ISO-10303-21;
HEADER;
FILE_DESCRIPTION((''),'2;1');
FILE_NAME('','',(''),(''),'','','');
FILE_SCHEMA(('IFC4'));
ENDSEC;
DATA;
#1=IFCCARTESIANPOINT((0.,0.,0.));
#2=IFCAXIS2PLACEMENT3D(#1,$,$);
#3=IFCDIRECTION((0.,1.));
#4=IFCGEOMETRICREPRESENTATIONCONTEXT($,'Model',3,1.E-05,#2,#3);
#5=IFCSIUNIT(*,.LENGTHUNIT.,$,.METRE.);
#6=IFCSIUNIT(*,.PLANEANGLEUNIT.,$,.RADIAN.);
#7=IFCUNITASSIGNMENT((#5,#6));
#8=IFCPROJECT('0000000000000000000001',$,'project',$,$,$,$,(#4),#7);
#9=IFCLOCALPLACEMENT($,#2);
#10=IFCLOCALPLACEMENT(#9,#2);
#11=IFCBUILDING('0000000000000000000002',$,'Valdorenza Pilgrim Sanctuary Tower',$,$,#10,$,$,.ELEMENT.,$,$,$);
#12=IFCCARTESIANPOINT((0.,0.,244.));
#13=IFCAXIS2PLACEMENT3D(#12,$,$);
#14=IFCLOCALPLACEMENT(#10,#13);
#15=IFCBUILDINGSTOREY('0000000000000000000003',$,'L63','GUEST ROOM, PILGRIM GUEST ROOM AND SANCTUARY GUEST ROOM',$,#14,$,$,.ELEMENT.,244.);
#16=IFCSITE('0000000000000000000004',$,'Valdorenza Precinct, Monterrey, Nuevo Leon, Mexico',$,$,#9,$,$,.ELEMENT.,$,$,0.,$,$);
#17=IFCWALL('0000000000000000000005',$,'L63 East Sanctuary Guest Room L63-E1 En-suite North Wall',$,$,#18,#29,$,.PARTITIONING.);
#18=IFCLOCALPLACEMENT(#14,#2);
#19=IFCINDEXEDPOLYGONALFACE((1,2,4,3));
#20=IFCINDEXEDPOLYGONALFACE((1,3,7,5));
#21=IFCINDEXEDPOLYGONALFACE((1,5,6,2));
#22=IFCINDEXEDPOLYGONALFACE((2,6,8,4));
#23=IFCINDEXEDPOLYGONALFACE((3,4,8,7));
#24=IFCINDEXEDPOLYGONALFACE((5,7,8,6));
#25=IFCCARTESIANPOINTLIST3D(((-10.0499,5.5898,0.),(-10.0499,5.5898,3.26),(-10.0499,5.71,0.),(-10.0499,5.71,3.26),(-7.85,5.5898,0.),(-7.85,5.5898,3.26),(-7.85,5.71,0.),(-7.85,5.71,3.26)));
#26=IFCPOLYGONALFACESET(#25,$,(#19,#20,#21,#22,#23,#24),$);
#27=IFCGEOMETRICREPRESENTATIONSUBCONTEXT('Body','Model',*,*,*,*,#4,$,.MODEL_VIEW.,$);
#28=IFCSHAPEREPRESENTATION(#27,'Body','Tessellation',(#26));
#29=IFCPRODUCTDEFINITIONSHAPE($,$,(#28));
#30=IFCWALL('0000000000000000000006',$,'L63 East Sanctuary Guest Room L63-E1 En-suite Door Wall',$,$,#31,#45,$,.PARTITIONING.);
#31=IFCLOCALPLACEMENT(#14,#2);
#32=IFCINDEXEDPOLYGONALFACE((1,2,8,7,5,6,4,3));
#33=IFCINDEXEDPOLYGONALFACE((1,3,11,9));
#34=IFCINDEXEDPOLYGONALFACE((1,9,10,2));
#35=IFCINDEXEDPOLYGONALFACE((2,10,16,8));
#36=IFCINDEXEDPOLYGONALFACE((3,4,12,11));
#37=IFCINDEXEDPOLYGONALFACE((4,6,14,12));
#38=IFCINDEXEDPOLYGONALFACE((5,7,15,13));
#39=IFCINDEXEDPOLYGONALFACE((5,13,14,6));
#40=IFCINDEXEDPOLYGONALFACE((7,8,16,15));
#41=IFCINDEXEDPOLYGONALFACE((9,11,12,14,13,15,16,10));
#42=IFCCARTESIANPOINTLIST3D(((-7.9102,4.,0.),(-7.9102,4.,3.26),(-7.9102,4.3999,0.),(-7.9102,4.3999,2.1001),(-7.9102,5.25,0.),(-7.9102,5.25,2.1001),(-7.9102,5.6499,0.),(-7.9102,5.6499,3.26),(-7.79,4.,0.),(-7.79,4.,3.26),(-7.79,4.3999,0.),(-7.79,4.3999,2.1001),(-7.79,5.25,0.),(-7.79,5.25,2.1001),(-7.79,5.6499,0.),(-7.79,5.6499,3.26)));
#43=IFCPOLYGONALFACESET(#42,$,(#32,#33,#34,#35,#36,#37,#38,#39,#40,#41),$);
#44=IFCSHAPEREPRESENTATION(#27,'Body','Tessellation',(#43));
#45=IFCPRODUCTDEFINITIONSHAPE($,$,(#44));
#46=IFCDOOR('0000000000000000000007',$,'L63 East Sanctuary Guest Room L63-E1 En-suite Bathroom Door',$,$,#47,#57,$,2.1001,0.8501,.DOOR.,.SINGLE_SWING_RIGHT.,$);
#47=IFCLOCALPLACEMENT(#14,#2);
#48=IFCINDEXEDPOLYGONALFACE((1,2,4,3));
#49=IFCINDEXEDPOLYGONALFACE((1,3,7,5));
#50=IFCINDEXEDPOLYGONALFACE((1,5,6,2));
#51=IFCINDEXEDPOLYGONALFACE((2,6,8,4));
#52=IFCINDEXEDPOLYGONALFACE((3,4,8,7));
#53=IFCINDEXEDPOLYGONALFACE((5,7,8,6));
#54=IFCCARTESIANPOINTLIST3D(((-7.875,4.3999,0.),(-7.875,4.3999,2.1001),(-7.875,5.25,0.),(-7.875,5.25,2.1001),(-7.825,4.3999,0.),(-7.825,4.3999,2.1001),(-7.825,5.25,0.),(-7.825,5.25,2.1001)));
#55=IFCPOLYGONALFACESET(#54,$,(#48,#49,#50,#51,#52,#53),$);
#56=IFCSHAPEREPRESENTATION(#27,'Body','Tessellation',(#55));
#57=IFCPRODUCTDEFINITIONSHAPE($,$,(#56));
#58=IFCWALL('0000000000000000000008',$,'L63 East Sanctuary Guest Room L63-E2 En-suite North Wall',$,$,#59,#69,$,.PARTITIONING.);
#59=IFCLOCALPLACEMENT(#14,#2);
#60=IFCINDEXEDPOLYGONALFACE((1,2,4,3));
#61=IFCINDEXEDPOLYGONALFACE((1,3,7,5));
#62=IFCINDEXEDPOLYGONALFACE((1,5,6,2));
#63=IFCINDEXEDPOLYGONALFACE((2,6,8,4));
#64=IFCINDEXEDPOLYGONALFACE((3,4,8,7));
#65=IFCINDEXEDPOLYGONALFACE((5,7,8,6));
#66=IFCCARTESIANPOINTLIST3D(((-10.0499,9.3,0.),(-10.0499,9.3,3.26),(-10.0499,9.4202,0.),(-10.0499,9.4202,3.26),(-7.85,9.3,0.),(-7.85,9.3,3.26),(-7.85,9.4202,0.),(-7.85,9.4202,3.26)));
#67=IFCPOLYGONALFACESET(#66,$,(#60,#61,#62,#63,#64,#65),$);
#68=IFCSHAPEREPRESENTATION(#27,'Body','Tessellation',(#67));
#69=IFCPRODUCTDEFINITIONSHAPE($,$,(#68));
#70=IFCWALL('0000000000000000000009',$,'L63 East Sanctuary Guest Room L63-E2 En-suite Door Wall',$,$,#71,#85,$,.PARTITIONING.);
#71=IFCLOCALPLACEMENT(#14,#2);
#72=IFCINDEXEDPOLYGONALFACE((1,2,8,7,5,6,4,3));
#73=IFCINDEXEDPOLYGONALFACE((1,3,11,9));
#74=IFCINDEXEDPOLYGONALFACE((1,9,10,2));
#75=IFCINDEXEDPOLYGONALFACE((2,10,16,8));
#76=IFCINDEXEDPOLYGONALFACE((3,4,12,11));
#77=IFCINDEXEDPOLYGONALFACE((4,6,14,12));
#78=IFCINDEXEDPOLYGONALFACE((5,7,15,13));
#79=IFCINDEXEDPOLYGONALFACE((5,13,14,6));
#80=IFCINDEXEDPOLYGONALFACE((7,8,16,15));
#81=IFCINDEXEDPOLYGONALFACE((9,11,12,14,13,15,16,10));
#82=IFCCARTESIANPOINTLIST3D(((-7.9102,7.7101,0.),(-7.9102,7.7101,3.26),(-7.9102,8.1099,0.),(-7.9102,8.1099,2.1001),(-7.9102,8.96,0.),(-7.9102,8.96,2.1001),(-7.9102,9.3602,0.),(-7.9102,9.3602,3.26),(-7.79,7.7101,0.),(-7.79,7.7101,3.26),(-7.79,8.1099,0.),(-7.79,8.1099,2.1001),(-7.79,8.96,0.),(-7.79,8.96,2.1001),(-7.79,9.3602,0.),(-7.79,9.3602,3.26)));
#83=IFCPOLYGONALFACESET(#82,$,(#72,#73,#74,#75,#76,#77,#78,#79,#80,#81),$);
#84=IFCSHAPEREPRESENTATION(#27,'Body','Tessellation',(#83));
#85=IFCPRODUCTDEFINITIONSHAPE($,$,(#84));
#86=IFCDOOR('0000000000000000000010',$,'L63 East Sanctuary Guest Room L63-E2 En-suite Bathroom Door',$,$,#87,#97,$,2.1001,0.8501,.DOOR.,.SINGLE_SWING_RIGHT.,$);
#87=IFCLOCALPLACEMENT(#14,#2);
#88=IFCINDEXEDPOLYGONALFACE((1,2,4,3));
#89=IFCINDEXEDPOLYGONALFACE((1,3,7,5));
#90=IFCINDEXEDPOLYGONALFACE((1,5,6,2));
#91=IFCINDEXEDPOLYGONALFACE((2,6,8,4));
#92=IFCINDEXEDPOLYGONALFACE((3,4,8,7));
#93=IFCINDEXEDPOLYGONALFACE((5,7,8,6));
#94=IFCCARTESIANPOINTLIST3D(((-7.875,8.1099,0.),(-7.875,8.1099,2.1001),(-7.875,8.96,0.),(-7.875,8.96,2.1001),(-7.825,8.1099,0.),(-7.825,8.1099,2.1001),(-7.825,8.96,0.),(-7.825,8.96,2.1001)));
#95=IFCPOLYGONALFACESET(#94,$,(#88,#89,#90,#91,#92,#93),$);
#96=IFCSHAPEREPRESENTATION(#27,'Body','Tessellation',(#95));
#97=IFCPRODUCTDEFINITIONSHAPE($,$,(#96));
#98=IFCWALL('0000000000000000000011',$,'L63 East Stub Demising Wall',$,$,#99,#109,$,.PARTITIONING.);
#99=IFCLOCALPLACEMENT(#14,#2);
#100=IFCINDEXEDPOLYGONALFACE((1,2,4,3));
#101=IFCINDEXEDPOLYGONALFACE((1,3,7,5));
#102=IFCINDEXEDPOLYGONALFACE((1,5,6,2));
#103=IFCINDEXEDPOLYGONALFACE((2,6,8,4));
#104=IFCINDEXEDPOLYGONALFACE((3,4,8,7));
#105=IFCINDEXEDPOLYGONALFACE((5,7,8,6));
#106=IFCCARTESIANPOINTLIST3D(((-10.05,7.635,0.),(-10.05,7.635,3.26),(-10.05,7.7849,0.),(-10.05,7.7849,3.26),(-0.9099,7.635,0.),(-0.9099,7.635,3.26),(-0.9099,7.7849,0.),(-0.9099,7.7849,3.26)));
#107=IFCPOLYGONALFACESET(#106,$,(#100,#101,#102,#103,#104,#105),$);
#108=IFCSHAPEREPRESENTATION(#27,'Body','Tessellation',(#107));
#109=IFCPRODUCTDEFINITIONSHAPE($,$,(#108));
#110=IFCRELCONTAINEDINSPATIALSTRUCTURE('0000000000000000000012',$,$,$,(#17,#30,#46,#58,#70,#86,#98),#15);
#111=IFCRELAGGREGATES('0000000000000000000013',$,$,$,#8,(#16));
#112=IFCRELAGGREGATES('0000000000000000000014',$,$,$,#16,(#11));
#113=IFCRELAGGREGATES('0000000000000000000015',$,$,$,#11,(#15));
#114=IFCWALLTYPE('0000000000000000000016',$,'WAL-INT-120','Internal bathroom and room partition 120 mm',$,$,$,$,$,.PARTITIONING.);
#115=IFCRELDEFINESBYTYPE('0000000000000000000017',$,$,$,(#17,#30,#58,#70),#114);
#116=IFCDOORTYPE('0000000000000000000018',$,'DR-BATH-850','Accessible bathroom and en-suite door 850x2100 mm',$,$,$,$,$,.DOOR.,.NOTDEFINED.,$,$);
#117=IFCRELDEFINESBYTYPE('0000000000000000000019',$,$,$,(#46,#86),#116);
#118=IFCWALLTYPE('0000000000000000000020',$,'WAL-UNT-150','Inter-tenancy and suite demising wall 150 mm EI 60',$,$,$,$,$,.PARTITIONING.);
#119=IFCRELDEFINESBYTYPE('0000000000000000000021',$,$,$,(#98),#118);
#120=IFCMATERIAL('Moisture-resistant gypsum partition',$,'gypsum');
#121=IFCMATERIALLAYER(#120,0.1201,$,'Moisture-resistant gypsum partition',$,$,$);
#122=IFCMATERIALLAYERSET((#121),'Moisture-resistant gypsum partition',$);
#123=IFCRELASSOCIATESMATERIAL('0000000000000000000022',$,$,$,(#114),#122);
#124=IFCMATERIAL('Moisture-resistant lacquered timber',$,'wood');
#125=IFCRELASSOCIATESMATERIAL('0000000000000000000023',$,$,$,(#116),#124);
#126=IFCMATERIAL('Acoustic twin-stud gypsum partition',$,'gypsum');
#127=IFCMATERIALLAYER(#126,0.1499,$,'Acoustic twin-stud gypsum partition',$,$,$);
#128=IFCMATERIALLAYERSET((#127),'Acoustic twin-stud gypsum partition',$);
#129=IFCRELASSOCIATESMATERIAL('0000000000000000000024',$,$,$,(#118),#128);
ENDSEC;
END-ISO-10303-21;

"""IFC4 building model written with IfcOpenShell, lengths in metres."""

from ifc_helpers import new_model, si_unit, direction, frame, frame_2d, origin, place, context, subcontext, project, spatial, rectangle, extrude, material, layer, layer_set, type_object, element, fill, save


model = new_model("IFC4")

# Units and contexts
model_context = context("Model", 3, precision=1e-05, world=origin(), true_north=direction((0.0, 1.0)))
body_context = subcontext(model_context, "Body", "Model", "MODEL_VIEW")
ifc_project = project(units=[si_unit("LENGTHUNIT", "METRE"), si_unit("PLANEANGLEUNIT", "RADIAN")], contexts=[model_context])

# Site, building, storey
site_placement = place(None, origin())
site = spatial("IfcSite", under=ifc_project, at=site_placement, Name="Valdorenza Precinct, Monterrey, Nuevo Leon, Mexico", CompositionType="ELEMENT", RefElevation=0.0)
building_placement = place(site_placement, origin())
building = spatial("IfcBuilding", under=site, at=building_placement, Name="Valdorenza Pilgrim Sanctuary Tower", CompositionType="ELEMENT")
storey_placement = place(building_placement, frame((0.0, 0.0, 244.0)))
storey = spatial("IfcBuildingStorey", under=building, at=storey_placement, Name="L63", Description="GUEST ROOM, PILGRIM GUEST ROOM AND SANCTUARY GUEST ROOM", CompositionType="ELEMENT", Elevation=244.0)

# Shared definitions
ifc_material_1 = material(Name="Acoustic twin-stud gypsum partition", Category="gypsum")

# Wall
ifc_material_2 = material(Name="Moisture-resistant gypsum partition", Category="gypsum")
ifc_layer_1 = layer(ifc_material_2, 0.1201, Name="Moisture-resistant gypsum partition")
ifc_layer_set_1 = layer_set([ifc_layer_1], Name="Moisture-resistant gypsum partition")
wall_type_1 = type_object("IfcWallType", Name="WAL-INT-120", Description="Internal bathroom and room partition 120 mm", PredefinedType="PARTITIONING", material=ifc_layer_set_1)
wall_1_placement = place(storey_placement, frame((-10.05, 5.6499, 0.0), z_axis=(0.0, 0.0, 1.0), x_axis=(1.0, 0.0, 0.0)))
element("IfcWall", 1, at=wall_1_placement, inside=storey, type_object=wall_type_1, Name="L63 East Sanctuary Guest Room L63-E1 En-suite North Wall", PredefinedType="PARTITIONING", context=body_context, shape_type="SweptSolid", body=[
    extrude(rectangle(XDim=2.2, YDim=0.1201, at=frame_2d((1.1001, 0.0))), origin(), (0.0, 0.0, 1.0), 3.26),
])

# Wall, opening, door
wall_2_placement = place(storey_placement, frame((-7.8501, 4.0, 0.0), z_axis=(0.0, 0.0, 1.0), x_axis=(0.0, 1.0, 0.0)))
wall_2 = element("IfcWall", 2, at=wall_2_placement, inside=storey, type_object=wall_type_1, Name="L63 East Sanctuary Guest Room L63-E1 En-suite Door Wall", PredefinedType="PARTITIONING", context=body_context, shape_type="SweptSolid", body=[
    extrude(rectangle(XDim=1.6499, YDim=0.1201, at=frame_2d((0.825, 0.0))), origin(), (0.0, 0.0, 1.0), 3.26),
])
opening_1_placement = place(wall_2_placement, frame((0.3999, 0.0, 0.0)))
opening_1 = element("IfcOpeningElement", 3, at=opening_1_placement, cuts=wall_2, PredefinedType="OPENING", context=body_context, shape_type="SweptSolid", body=[
    extrude(rectangle(XDim=0.8501, YDim=2.1001, at=frame_2d((0.425, 1.05))), frame((0.0, 0.075, 0.0), z_axis=(0.0, -1.0, 0.0), x_axis=(1.0, 0.0, 0.0)), (0.0, 0.0, 1.0), 0.1499),
])
ifc_material_3 = material(Name="Moisture-resistant lacquered timber", Category="wood")
door_type_1 = type_object("IfcDoorType", Name="DR-BATH-850", Description="Accessible bathroom and en-suite door 850x2100 mm", OperationType="NOTDEFINED", PredefinedType="DOOR", material=ifc_material_3)
door_1_placement = place(opening_1_placement, origin())
door_1 = element("IfcDoor", 4, at=door_1_placement, inside=storey, type_object=door_type_1, Name="L63 East Sanctuary Guest Room L63-E1 En-suite Bathroom Door", OperationType="SINGLE_SWING_RIGHT", OverallHeight=2.1001, OverallWidth=0.8501, PredefinedType="DOOR", context=body_context, shape_type="SweptSolid", body=[
    extrude(rectangle(XDim=0.8501, YDim=2.1001, at=frame_2d((0.425, 1.05))), frame((0.0, 0.0249, 0.0), z_axis=(0.0, -1.0, 0.0), x_axis=(1.0, 0.0, 0.0)), (0.0, 0.0, 1.0), 0.05),
])
fill(opening_1, door_1)

# Wall
wall_3_placement = place(storey_placement, frame((-10.05, 9.3601, 0.0), z_axis=(0.0, 0.0, 1.0), x_axis=(1.0, 0.0, 0.0)))
element("IfcWall", 5, at=wall_3_placement, inside=storey, type_object=wall_type_1, Name="L63 East Sanctuary Guest Room L63-E2 En-suite North Wall", PredefinedType="PARTITIONING", context=body_context, shape_type="SweptSolid", body=[
    extrude(rectangle(XDim=2.2, YDim=0.1201, at=frame_2d((1.1001, 0.0))), origin(), (0.0, 0.0, 1.0), 3.26),
])

# Wall, opening, door
wall_4_placement = place(storey_placement, frame((-7.8501, 7.71, 0.0), z_axis=(0.0, 0.0, 1.0), x_axis=(0.0, 1.0, 0.0)))
wall_4 = element("IfcWall", 6, at=wall_4_placement, inside=storey, type_object=wall_type_1, Name="L63 East Sanctuary Guest Room L63-E2 En-suite Door Wall", PredefinedType="PARTITIONING", context=body_context, shape_type="SweptSolid", body=[
    extrude(rectangle(XDim=1.6501, YDim=0.1201, at=frame_2d((0.8252, 0.0))), origin(), (0.0, 0.0, 1.0), 3.26),
])
opening_2_placement = place(wall_4_placement, frame((0.3999, 0.0, 0.0)))
opening_2 = element("IfcOpeningElement", 7, at=opening_2_placement, cuts=wall_4, PredefinedType="OPENING", context=body_context, shape_type="SweptSolid", body=[
    extrude(rectangle(XDim=0.8501, YDim=2.1001, at=frame_2d((0.425, 1.05))), frame((0.0, 0.075, 0.0), z_axis=(0.0, -1.0, 0.0), x_axis=(1.0, 0.0, 0.0)), (0.0, 0.0, 1.0), 0.1499),
])
door_2_placement = place(opening_2_placement, origin())
door_2 = element("IfcDoor", 8, at=door_2_placement, inside=storey, type_object=door_type_1, Name="L63 East Sanctuary Guest Room L63-E2 En-suite Bathroom Door", OperationType="SINGLE_SWING_RIGHT", OverallHeight=2.1001, OverallWidth=0.8501, PredefinedType="DOOR", context=body_context, shape_type="SweptSolid", body=[
    extrude(rectangle(XDim=0.8501, YDim=2.1001, at=frame_2d((0.425, 1.05))), frame((0.0, 0.0249, 0.0), z_axis=(0.0, -1.0, 0.0), x_axis=(1.0, 0.0, 0.0)), (0.0, 0.0, 1.0), 0.05),
])
fill(opening_2, door_2)

# Wall
ifc_layer_2 = layer(ifc_material_1, 0.1499, Name="Acoustic twin-stud gypsum partition")
ifc_layer_set_2 = layer_set([ifc_layer_2], Name="Acoustic twin-stud gypsum partition")
wall_type_2 = type_object("IfcWallType", Name="WAL-UNT-150", Description="Inter-tenancy and suite demising wall 150 mm EI 60", PredefinedType="PARTITIONING", material=ifc_layer_set_2)
wall_5_placement = place(storey_placement, frame((-10.05, 7.71, 0.0), z_axis=(0.0, 0.0, 1.0), x_axis=(1.0, 0.0, 0.0)))
element("IfcWall", 9, at=wall_5_placement, inside=storey, type_object=wall_type_2, Name="L63 East Stub Demising Wall", PredefinedType="PARTITIONING", context=body_context, shape_type="SweptSolid", body=[
    extrude(rectangle(XDim=9.1401, YDim=0.1499, at=frame_2d((4.5701, 0.0))), origin(), (0.0, 0.0, 1.0), 3.26),
])

save(model, "model.ifc")
